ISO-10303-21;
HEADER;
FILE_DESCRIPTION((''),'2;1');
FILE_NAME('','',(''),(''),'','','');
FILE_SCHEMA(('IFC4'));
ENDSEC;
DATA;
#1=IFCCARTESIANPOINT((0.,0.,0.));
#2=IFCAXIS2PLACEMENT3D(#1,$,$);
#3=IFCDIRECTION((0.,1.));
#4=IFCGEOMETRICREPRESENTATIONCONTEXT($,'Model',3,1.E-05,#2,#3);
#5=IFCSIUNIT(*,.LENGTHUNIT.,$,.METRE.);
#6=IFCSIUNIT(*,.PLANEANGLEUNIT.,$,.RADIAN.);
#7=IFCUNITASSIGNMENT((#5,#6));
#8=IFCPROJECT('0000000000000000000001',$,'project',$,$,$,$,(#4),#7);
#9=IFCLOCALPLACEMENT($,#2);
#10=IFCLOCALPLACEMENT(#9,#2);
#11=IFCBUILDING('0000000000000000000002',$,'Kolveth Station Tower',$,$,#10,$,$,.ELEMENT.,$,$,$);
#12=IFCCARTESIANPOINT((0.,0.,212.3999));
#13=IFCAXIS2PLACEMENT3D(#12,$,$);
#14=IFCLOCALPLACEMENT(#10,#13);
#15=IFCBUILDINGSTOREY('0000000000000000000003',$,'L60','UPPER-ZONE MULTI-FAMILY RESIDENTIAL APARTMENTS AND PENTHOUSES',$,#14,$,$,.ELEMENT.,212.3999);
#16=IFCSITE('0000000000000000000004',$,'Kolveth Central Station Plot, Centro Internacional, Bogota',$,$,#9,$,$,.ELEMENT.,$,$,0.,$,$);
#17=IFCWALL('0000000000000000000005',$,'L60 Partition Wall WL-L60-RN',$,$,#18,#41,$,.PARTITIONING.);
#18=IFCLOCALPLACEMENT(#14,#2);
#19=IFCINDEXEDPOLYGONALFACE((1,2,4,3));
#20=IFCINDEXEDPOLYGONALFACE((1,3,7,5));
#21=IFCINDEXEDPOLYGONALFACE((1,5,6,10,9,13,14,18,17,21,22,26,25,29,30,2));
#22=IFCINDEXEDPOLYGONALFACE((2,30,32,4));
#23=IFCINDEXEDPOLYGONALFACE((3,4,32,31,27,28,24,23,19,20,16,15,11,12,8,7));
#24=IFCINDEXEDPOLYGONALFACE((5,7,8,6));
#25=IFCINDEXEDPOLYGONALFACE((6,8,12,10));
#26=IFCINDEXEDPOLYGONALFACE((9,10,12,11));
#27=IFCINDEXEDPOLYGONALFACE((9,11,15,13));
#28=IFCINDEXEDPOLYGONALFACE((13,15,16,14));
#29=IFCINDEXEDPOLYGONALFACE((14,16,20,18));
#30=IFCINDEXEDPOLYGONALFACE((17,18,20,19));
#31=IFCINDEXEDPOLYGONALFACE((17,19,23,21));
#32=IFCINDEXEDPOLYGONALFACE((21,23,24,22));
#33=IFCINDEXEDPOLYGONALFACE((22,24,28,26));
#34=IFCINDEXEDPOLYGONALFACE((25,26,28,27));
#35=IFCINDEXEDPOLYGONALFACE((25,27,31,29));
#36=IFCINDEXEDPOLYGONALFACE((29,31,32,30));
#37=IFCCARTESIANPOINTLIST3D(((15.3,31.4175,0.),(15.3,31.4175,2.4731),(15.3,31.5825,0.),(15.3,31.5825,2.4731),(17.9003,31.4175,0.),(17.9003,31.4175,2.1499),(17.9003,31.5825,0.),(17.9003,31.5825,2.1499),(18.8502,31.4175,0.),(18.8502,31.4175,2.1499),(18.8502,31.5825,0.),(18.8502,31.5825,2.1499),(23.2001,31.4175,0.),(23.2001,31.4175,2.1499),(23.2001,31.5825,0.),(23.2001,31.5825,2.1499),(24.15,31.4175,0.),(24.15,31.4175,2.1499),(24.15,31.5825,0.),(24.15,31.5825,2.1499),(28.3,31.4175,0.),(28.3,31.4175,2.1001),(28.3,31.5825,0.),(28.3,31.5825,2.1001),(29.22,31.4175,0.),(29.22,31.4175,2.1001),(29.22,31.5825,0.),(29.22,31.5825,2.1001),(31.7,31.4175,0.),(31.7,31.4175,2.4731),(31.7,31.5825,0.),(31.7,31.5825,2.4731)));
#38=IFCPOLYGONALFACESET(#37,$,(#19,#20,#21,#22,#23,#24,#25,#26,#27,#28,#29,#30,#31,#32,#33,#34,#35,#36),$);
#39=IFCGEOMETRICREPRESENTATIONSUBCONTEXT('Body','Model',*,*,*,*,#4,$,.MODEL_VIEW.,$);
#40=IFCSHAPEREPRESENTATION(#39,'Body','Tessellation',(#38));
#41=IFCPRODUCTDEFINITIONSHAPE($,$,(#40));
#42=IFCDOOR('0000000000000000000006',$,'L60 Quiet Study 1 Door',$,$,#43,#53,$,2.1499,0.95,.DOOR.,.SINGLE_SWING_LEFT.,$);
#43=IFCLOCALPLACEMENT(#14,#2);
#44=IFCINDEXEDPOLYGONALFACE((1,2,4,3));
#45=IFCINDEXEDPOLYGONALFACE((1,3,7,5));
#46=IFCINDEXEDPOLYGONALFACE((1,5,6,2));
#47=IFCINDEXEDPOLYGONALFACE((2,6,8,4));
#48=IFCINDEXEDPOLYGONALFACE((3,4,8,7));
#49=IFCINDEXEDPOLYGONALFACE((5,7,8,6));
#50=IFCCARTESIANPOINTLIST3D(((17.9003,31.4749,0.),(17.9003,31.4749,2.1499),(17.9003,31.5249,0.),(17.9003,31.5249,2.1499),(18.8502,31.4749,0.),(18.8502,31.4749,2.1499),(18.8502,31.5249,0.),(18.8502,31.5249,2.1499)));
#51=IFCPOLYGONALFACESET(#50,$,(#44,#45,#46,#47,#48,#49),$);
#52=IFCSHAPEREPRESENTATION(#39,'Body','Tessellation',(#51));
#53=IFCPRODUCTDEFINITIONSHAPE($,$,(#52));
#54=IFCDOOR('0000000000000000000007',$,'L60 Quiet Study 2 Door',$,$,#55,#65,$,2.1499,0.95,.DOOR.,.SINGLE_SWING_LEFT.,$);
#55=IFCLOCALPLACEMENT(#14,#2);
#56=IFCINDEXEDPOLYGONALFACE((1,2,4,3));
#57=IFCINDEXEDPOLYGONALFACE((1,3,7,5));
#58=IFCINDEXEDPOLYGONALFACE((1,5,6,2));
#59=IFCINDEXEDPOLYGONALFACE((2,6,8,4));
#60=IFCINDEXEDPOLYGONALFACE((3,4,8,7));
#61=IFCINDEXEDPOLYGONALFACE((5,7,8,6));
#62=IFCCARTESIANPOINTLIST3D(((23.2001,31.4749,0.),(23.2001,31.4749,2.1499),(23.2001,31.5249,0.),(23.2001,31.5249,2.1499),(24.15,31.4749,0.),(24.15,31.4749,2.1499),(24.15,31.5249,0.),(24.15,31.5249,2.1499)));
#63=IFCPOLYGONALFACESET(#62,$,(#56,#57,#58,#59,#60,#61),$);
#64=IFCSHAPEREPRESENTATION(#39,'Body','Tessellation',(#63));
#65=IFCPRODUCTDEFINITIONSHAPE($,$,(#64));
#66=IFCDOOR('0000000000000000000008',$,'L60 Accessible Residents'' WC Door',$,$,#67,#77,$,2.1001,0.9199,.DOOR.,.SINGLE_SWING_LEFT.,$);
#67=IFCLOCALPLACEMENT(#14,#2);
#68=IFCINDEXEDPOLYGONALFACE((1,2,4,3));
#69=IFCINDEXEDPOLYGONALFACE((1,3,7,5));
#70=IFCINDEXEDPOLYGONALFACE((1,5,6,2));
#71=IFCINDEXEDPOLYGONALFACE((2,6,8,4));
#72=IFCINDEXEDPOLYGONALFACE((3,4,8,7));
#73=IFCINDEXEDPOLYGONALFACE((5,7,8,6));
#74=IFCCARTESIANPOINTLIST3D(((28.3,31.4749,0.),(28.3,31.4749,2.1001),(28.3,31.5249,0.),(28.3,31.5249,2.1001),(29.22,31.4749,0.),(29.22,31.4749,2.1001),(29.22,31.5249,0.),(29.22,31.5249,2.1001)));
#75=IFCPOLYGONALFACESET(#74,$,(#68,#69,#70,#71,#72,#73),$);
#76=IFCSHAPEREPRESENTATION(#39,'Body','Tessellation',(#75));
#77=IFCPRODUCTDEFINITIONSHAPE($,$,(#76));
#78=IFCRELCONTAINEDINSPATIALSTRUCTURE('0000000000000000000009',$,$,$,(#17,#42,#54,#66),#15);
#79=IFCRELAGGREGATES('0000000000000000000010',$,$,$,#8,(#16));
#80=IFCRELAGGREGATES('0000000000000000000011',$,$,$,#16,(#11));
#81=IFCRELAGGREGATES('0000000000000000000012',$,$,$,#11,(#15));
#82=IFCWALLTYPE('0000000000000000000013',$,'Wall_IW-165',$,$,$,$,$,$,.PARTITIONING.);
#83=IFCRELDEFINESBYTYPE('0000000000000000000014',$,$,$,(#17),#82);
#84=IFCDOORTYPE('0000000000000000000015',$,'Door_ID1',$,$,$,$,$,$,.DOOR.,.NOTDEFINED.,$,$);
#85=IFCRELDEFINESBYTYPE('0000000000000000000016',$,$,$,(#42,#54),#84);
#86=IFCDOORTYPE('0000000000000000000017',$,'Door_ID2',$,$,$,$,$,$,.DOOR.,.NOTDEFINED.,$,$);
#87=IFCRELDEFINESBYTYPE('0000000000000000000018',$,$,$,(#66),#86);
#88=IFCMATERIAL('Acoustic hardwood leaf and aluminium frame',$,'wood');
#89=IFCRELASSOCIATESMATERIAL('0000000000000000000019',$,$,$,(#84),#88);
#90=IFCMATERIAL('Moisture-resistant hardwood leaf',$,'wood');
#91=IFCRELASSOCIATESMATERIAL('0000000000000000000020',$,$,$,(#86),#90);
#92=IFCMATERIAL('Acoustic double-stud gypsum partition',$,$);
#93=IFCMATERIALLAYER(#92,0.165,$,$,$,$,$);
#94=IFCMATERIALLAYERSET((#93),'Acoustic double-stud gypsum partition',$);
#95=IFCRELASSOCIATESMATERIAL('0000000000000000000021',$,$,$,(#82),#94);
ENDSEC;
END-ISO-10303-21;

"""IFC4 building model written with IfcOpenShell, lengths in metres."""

from ifc_helpers import new_model, si_unit, direction, frame, frame_2d, origin, place, context, subcontext, project, spatial, rectangle, extrude, material, layer, layer_set, type_object, element, fill, save


model = new_model("IFC4")

# Units and contexts
model_context = context("Model", 3, precision=1e-05, world=origin(), true_north=direction((0.0, 1.0)))
body_context = subcontext(model_context, "Body", "Model", "MODEL_VIEW")
ifc_project = project(units=[si_unit("LENGTHUNIT", "METRE"), si_unit("PLANEANGLEUNIT", "RADIAN")], contexts=[model_context])

# Site, building, storey
site_placement = place(None, origin())
site = spatial("IfcSite", under=ifc_project, at=site_placement, Name="Kolveth Central Station Plot, Centro Internacional, Bogota", CompositionType="ELEMENT", RefElevation=0.0)
building_placement = place(site_placement, origin())
building = spatial("IfcBuilding", under=site, at=building_placement, Name="Kolveth Station Tower", CompositionType="ELEMENT")
storey_placement = place(building_placement, frame((0.0, 0.0, 212.3999)))
storey = spatial("IfcBuildingStorey", under=building, at=storey_placement, Name="L60", Description="UPPER-ZONE MULTI-FAMILY RESIDENTIAL APARTMENTS AND PENTHOUSES", CompositionType="ELEMENT", Elevation=212.3999)

# Shared definitions
ifc_material_1 = material(Name="Acoustic hardwood leaf and aluminium frame", Category="wood")
door_type_1 = type_object("IfcDoorType", Name="Door_ID1", OperationType="NOTDEFINED", PredefinedType="DOOR", material=ifc_material_1)
ifc_material_2 = material(Name="Moisture-resistant hardwood leaf", Category="wood")
door_type_2 = type_object("IfcDoorType", Name="Door_ID2", OperationType="NOTDEFINED", PredefinedType="DOOR", material=ifc_material_2)

# Wall, openings, doors
ifc_material_3 = material(Name="Acoustic double-stud gypsum partition")
ifc_layer_1 = layer(ifc_material_3, 0.165)
ifc_layer_set_1 = layer_set([ifc_layer_1], Name="Acoustic double-stud gypsum partition")
wall_type_1 = type_object("IfcWallType", Name="Wall_IW-165", PredefinedType="PARTITIONING", material=ifc_layer_set_1)
wall_1_placement = place(storey_placement, frame((15.3, 31.5, 0.0), z_axis=(0.0, 0.0, 1.0), x_axis=(1.0, 0.0, 0.0)))
wall_1 = element("IfcWall", 1, at=wall_1_placement, inside=storey, type_object=wall_type_1, Name="L60 Partition Wall WL-L60-RN", PredefinedType="PARTITIONING", context=body_context, shape_type="SweptSolid", body=[
    extrude(rectangle(XDim=16.3999, YDim=0.165, at=frame_2d((8.2, 0.0))), origin(), (0.0, 0.0, 1.0), 2.4731),
])
opening_1_placement = place(wall_1_placement, frame((2.6001, 0.0, 0.0)))
opening_1 = element("IfcOpeningElement", 2, at=opening_1_placement, cuts=wall_1, PredefinedType="OPENING", context=body_context, shape_type="SweptSolid", body=[
    extrude(rectangle(XDim=0.95, YDim=2.1499, at=frame_2d((0.4751, 1.075))), frame((0.0, 0.0925, 0.0), z_axis=(0.0, -1.0, 0.0), x_axis=(1.0, 0.0, 0.0)), (0.0, 0.0, 1.0), 0.1851),
])
opening_2_placement = place(wall_1_placement, frame((7.8999, 0.0, 0.0)))
opening_2 = element("IfcOpeningElement", 3, at=opening_2_placement, cuts=wall_1, PredefinedType="OPENING", context=body_context, shape_type="SweptSolid", body=[
    extrude(rectangle(XDim=0.95, YDim=2.1499, at=frame_2d((0.4751, 1.075))), frame((0.0, 0.0925, 0.0), z_axis=(0.0, -1.0, 0.0), x_axis=(1.0, 0.0, 0.0)), (0.0, 0.0, 1.0), 0.1851),
])
opening_3_placement = place(wall_1_placement, frame((13.0, 0.0, 0.0)))
opening_3 = element("IfcOpeningElement", 4, at=opening_3_placement, cuts=wall_1, PredefinedType="OPENING", context=body_context, shape_type="SweptSolid", body=[
    extrude(rectangle(XDim=0.9199, YDim=2.1001, at=frame_2d((0.46, 1.05))), frame((0.0, 0.0925, 0.0), z_axis=(0.0, -1.0, 0.0), x_axis=(1.0, 0.0, 0.0)), (0.0, 0.0, 1.0), 0.1851),
])
door_1_placement = place(opening_1_placement, origin())
door_1 = element("IfcDoor", 5, at=door_1_placement, inside=storey, type_object=door_type_1, Name="L60 Quiet Study 1 Door", OperationType="SINGLE_SWING_LEFT", OverallHeight=2.1499, OverallWidth=0.95, PredefinedType="DOOR", context=body_context, shape_type="SweptSolid", body=[
    extrude(rectangle(XDim=0.95, YDim=2.1499, at=frame_2d((0.4751, 1.075))), frame((0.0, 0.0249, 0.0), z_axis=(0.0, -1.0, 0.0), x_axis=(1.0, 0.0, 0.0)), (0.0, 0.0, 1.0), 0.05),
])
fill(opening_1, door_1)
door_2_placement = place(opening_2_placement, origin())
door_2 = element("IfcDoor", 6, at=door_2_placement, inside=storey, type_object=door_type_1, Name="L60 Quiet Study 2 Door", OperationType="SINGLE_SWING_LEFT", OverallHeight=2.1499, OverallWidth=0.95, PredefinedType="DOOR", context=body_context, shape_type="SweptSolid", body=[
    extrude(rectangle(XDim=0.95, YDim=2.1499, at=frame_2d((0.4751, 1.075))), frame((0.0, 0.0249, 0.0), z_axis=(0.0, -1.0, 0.0), x_axis=(1.0, 0.0, 0.0)), (0.0, 0.0, 1.0), 0.05),
])
fill(opening_2, door_2)
door_3_placement = place(opening_3_placement, origin())
door_3 = element("IfcDoor", 7, at=door_3_placement, inside=storey, type_object=door_type_2, Name="L60 Accessible Residents' WC Door", OperationType="SINGLE_SWING_LEFT", OverallHeight=2.1001, OverallWidth=0.9199, PredefinedType="DOOR", context=body_context, shape_type="SweptSolid", body=[
    extrude(rectangle(XDim=0.9199, YDim=2.1001, at=frame_2d((0.46, 1.05))), frame((0.0, 0.0249, 0.0), z_axis=(0.0, -1.0, 0.0), x_axis=(1.0, 0.0, 0.0)), (0.0, 0.0, 1.0), 0.05),
])
fill(opening_3, door_3)

save(model, "model.ifc")
